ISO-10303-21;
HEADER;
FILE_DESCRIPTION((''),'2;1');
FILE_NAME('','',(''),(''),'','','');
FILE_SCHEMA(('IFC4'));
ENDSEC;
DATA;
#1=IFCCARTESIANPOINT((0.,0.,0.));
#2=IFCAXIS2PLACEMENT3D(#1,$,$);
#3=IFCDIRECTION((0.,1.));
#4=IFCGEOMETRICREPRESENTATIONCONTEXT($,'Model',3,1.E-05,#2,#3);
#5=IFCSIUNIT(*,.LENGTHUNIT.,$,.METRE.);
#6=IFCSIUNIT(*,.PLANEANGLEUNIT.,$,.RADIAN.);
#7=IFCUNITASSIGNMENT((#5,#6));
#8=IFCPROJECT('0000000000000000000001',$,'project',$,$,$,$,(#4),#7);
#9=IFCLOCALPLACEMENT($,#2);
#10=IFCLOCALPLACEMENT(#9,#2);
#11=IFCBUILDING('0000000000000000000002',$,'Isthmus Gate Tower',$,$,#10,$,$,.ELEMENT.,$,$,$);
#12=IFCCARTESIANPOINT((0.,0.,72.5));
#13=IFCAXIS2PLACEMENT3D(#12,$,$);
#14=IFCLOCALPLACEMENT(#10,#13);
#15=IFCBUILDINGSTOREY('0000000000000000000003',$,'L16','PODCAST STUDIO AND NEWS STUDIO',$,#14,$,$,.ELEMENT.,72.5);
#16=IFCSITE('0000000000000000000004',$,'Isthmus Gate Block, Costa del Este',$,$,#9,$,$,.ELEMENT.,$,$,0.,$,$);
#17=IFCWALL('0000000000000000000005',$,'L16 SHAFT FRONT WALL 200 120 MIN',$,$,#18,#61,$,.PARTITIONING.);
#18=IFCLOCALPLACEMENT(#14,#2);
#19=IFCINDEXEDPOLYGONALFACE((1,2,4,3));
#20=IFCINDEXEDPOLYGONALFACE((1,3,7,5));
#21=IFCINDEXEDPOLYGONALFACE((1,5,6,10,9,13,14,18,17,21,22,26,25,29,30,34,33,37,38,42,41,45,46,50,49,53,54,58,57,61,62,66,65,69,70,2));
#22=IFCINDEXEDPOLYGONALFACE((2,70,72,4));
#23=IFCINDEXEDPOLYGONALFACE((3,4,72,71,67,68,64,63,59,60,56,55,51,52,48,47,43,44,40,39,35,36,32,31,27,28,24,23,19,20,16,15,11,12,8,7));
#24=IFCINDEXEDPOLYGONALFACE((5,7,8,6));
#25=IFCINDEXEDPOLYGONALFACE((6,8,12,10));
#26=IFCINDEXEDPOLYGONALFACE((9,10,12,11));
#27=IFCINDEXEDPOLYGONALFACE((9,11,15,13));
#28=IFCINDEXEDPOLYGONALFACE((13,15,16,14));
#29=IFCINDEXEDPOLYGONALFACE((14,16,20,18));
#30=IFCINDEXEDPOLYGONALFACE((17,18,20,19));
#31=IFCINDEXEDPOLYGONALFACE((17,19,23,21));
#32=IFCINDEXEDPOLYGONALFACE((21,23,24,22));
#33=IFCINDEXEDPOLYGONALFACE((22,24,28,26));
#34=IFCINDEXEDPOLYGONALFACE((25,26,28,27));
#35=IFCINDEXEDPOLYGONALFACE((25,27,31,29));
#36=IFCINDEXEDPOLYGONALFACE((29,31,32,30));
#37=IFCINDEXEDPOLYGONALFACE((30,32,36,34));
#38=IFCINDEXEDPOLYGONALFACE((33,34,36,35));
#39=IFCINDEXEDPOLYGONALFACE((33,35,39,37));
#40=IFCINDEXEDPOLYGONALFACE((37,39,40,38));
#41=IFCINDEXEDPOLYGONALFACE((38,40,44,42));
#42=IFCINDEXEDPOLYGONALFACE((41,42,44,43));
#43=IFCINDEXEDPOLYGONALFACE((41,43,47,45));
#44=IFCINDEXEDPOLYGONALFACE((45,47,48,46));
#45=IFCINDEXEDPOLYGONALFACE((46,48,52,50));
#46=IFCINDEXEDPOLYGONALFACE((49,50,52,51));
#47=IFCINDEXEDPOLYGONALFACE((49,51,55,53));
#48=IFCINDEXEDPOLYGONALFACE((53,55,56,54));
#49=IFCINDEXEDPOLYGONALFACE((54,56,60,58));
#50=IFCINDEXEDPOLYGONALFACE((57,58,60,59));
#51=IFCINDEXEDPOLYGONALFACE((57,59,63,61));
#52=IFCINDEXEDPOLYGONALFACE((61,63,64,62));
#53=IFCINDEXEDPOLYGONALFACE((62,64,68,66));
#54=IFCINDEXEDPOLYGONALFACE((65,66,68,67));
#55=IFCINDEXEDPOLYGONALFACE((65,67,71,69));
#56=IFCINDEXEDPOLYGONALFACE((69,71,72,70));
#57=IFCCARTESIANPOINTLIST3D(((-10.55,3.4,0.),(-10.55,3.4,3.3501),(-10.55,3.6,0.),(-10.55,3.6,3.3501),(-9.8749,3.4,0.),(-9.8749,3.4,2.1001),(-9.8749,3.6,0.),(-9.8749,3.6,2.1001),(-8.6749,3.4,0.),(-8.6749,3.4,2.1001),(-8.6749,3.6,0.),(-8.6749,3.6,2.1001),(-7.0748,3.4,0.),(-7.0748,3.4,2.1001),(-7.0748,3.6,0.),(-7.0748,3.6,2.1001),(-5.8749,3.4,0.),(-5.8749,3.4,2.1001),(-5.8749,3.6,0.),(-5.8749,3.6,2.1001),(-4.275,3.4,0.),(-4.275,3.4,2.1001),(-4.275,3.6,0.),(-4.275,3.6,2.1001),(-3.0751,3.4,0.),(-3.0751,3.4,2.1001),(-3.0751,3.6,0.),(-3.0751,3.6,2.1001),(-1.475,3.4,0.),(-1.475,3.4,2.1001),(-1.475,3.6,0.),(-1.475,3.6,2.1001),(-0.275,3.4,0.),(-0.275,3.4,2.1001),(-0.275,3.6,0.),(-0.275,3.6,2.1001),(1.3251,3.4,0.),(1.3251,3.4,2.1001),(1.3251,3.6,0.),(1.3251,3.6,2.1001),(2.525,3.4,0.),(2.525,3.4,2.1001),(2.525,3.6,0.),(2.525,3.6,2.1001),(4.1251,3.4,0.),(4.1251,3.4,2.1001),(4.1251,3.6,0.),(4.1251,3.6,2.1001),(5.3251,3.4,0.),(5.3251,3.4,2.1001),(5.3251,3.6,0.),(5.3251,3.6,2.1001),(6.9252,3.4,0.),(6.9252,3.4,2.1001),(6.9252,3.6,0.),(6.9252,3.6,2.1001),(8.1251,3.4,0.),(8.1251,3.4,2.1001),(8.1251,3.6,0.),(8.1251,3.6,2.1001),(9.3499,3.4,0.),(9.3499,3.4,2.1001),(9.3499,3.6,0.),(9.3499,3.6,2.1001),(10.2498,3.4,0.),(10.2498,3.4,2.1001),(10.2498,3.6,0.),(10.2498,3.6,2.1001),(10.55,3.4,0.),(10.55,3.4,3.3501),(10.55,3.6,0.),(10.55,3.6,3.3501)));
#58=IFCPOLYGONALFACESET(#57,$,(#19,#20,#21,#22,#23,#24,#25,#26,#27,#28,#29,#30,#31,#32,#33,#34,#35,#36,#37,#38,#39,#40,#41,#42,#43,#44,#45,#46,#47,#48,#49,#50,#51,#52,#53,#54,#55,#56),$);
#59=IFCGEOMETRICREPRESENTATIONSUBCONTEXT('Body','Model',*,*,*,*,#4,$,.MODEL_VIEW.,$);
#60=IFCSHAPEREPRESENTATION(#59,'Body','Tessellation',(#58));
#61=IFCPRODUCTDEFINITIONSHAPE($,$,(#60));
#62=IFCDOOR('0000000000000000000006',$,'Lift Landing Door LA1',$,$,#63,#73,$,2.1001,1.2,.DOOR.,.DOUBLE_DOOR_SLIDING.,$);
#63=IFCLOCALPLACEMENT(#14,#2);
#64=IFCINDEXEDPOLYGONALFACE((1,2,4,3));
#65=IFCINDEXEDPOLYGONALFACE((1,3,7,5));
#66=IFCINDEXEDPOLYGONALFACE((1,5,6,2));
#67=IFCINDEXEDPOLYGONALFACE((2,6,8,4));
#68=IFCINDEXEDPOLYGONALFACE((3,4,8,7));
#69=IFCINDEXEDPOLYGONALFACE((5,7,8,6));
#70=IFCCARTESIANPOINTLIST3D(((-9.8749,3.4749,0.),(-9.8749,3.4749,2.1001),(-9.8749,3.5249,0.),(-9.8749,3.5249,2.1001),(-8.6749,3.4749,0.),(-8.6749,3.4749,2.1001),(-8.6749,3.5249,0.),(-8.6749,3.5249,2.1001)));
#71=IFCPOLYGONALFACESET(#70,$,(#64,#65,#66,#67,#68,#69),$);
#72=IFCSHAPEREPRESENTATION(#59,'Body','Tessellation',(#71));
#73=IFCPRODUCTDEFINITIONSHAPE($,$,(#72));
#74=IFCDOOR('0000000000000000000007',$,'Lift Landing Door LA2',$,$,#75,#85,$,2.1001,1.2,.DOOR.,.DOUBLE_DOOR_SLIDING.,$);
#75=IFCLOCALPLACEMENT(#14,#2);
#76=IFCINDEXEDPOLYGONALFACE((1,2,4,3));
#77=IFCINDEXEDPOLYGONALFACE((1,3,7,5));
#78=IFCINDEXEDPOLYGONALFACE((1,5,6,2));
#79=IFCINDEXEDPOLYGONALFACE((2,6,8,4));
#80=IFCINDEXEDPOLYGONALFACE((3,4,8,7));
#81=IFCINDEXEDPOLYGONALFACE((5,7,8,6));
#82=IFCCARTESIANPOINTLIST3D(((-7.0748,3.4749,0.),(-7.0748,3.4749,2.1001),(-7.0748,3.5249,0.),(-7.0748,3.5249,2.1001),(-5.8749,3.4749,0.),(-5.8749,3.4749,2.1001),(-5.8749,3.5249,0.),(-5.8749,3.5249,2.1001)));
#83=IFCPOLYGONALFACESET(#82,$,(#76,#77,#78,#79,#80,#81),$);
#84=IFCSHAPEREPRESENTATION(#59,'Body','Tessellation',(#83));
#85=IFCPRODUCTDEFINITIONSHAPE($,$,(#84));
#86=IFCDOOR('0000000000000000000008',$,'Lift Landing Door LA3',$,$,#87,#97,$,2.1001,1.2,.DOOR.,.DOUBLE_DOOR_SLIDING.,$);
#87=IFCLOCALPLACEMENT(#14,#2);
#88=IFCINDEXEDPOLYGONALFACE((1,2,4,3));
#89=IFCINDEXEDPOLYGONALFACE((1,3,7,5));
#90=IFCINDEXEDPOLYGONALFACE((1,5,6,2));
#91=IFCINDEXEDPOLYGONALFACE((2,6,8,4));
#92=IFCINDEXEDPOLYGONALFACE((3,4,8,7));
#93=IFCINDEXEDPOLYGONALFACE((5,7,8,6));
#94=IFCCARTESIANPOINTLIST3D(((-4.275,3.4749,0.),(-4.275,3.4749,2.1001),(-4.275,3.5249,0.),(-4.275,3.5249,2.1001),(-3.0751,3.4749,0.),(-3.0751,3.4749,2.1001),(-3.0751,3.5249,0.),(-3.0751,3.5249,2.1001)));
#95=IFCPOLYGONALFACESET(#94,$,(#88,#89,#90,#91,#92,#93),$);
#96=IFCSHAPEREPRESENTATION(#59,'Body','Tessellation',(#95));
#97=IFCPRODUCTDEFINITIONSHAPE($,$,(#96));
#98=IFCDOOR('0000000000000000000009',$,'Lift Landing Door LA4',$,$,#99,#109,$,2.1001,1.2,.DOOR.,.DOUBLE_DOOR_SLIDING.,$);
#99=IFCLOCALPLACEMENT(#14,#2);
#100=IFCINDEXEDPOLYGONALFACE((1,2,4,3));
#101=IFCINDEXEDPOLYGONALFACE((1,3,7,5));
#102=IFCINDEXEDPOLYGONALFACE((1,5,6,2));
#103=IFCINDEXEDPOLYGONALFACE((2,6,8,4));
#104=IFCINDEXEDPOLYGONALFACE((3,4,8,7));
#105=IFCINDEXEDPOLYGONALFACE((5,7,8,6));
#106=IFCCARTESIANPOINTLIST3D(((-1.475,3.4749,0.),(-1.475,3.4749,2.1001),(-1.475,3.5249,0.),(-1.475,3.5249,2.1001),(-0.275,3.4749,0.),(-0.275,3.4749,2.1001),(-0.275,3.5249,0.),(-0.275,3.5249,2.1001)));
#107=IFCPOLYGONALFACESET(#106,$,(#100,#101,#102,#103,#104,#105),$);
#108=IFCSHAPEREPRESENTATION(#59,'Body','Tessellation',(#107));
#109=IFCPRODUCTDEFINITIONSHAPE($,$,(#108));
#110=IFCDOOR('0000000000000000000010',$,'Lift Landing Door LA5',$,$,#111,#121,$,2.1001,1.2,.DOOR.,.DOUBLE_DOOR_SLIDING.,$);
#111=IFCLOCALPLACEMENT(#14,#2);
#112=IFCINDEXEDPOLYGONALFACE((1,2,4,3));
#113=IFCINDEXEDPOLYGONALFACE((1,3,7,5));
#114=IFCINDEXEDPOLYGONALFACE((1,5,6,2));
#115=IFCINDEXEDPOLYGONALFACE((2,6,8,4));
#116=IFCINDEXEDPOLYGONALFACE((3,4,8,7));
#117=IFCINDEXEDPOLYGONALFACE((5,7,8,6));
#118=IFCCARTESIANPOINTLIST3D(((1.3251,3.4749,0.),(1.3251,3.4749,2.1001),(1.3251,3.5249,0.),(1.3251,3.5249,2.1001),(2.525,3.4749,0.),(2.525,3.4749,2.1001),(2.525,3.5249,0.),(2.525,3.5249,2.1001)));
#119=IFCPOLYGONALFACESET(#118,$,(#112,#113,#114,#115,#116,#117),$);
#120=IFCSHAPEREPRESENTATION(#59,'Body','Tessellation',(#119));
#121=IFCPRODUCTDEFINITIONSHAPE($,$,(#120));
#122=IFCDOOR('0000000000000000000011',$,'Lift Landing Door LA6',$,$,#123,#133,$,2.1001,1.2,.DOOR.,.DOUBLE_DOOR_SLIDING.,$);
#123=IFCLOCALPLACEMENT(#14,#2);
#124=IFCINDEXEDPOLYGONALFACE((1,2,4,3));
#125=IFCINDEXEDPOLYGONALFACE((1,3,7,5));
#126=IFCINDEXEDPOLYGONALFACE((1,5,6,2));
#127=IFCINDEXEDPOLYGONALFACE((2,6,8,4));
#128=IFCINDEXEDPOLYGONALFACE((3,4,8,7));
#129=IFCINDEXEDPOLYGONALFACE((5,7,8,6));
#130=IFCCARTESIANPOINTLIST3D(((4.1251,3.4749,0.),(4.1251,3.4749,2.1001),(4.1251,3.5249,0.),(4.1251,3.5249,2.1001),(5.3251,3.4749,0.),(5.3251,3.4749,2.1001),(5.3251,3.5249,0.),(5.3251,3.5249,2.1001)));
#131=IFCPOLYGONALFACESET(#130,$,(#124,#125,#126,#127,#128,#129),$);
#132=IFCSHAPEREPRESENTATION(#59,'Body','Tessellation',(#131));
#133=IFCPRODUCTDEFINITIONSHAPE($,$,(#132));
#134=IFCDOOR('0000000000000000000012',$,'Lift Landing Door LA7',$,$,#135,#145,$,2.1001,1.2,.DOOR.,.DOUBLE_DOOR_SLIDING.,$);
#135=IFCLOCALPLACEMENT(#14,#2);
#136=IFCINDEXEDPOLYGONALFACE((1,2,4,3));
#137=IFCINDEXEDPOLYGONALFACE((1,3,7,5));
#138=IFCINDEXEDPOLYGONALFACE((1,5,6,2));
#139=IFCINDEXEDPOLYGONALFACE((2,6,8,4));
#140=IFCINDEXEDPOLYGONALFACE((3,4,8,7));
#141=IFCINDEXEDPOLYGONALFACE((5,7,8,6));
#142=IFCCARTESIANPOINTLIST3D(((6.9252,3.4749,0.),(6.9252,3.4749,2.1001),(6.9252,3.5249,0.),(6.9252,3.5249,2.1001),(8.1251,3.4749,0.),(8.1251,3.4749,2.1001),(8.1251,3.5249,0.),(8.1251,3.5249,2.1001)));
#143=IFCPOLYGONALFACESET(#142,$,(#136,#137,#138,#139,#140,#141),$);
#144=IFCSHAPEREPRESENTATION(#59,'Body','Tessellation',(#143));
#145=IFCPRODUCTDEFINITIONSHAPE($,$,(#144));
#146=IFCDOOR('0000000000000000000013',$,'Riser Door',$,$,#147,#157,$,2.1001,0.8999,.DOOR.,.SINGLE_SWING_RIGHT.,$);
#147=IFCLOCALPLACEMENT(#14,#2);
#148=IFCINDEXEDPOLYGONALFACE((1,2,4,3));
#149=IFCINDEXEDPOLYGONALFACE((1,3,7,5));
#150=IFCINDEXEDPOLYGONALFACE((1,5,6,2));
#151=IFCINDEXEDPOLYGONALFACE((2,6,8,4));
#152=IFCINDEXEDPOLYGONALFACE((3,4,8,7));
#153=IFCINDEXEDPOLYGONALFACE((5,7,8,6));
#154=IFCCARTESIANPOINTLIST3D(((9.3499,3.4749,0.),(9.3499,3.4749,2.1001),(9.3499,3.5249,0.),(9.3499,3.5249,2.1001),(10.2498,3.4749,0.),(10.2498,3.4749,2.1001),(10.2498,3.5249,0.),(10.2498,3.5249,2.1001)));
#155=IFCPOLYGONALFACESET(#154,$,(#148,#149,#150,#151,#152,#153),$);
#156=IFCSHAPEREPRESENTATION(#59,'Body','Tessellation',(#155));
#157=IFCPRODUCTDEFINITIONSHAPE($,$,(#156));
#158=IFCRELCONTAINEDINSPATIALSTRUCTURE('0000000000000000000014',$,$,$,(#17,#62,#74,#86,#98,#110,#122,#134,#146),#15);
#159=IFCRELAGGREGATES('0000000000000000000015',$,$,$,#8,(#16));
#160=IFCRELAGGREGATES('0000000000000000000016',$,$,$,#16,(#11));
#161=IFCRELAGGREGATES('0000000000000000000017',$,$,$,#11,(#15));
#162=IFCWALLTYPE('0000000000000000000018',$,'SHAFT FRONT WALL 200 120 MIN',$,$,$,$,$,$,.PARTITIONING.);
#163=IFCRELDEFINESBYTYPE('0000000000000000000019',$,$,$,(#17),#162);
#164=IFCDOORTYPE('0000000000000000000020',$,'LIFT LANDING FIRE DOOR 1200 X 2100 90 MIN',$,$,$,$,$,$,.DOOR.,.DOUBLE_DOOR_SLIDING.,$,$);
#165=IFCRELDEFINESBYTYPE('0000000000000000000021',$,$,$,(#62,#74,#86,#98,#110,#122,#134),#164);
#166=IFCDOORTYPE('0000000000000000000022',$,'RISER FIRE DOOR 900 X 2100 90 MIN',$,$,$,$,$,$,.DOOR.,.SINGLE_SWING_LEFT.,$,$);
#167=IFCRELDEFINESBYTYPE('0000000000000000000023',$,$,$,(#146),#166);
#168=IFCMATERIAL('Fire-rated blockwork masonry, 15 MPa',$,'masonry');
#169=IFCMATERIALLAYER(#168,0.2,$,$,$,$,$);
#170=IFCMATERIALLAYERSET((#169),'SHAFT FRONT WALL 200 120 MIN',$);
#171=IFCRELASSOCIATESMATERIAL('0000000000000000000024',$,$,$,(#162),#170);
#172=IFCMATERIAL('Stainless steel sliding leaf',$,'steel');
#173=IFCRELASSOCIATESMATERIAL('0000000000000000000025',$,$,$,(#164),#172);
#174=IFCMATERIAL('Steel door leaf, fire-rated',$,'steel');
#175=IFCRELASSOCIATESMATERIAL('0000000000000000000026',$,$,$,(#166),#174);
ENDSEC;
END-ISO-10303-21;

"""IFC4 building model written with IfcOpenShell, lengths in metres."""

from ifc_helpers import new_model, si_unit, direction, frame, frame_2d, origin, place, context, subcontext, project, spatial, rectangle, extrude, material, layer, layer_set, type_object, element, fill, save


model = new_model("IFC4")

# Units and contexts
model_context = context("Model", 3, precision=1e-05, world=origin(), true_north=direction((0.0, 1.0)))
body_context = subcontext(model_context, "Body", "Model", "MODEL_VIEW")
ifc_project = project(units=[si_unit("LENGTHUNIT", "METRE"), si_unit("PLANEANGLEUNIT", "RADIAN")], contexts=[model_context])

# Site, building, storey
site_placement = place(None, origin())
site = spatial("IfcSite", under=ifc_project, at=site_placement, Name="Isthmus Gate Block, Costa del Este", CompositionType="ELEMENT", RefElevation=0.0)
building_placement = place(site_placement, origin())
building = spatial("IfcBuilding", under=site, at=building_placement, Name="Isthmus Gate Tower", CompositionType="ELEMENT")
storey_placement = place(building_placement, frame((0.0, 0.0, 72.5)))
storey = spatial("IfcBuildingStorey", under=building, at=storey_placement, Name="L16", Description="PODCAST STUDIO AND NEWS STUDIO", CompositionType="ELEMENT", Elevation=72.5)

# Wall, openings, doors
ifc_material_1 = material(Name="Fire-rated blockwork masonry, 15 MPa", Category="masonry")
ifc_layer_1 = layer(ifc_material_1, 0.2)
ifc_layer_set_1 = layer_set([ifc_layer_1], Name="SHAFT FRONT WALL 200 120 MIN")
wall_type_1 = type_object("IfcWallType", Name="SHAFT FRONT WALL 200 120 MIN", PredefinedType="PARTITIONING", material=ifc_layer_set_1)
wall_1_placement = place(storey_placement, frame((-10.55, 3.5, 0.0), z_axis=(0.0, 0.0, 1.0), x_axis=(1.0, 0.0, 0.0)))
wall_1 = element("IfcWall", 1, at=wall_1_placement, inside=storey, type_object=wall_type_1, Name="L16 SHAFT FRONT WALL 200 120 MIN", PredefinedType="PARTITIONING", context=body_context, shape_type="SweptSolid", body=[
    extrude(rectangle(XDim=21.1001, YDim=0.2, at=frame_2d((10.55, 0.0))), origin(), (0.0, 0.0, 1.0), 3.3501),
])
opening_1_placement = place(wall_1_placement, frame((0.675, 0.0, 0.0)))
opening_1 = element("IfcOpeningElement", 2, at=opening_1_placement, cuts=wall_1, PredefinedType="OPENING", context=body_context, shape_type="SweptSolid", body=[
    extrude(rectangle(XDim=1.2, YDim=2.1001, at=frame_2d((0.6001, 1.05))), frame((0.0, 0.1099, 0.0), z_axis=(0.0, -1.0, 0.0), x_axis=(1.0, 0.0, 0.0)), (0.0, 0.0, 1.0), 0.22),
])
opening_2_placement = place(wall_1_placement, frame((3.4751, 0.0, 0.0)))
opening_2 = element("IfcOpeningElement", 3, at=opening_2_placement, cuts=wall_1, PredefinedType="OPENING", context=body_context, shape_type="SweptSolid", body=[
    extrude(rectangle(XDim=1.2, YDim=2.1001, at=frame_2d((0.6001, 1.05))), frame((0.0, 0.1099, 0.0), z_axis=(0.0, -1.0, 0.0), x_axis=(1.0, 0.0, 0.0)), (0.0, 0.0, 1.0), 0.22),
])
opening_3_placement = place(wall_1_placement, frame((6.2749, 0.0, 0.0)))
opening_3 = element("IfcOpeningElement", 4, at=opening_3_placement, cuts=wall_1, PredefinedType="OPENING", context=body_context, shape_type="SweptSolid", body=[
    extrude(rectangle(XDim=1.2, YDim=2.1001, at=frame_2d((0.6001, 1.05))), frame((0.0, 0.1099, 0.0), z_axis=(0.0, -1.0, 0.0), x_axis=(1.0, 0.0, 0.0)), (0.0, 0.0, 1.0), 0.22),
])
opening_4_placement = place(wall_1_placement, frame((9.075, 0.0, 0.0)))
opening_4 = element("IfcOpeningElement", 5, at=opening_4_placement, cuts=wall_1, PredefinedType="OPENING", context=body_context, shape_type="SweptSolid", body=[
    extrude(rectangle(XDim=1.2, YDim=2.1001, at=frame_2d((0.6001, 1.05))), frame((0.0, 0.1099, 0.0), z_axis=(0.0, -1.0, 0.0), x_axis=(1.0, 0.0, 0.0)), (0.0, 0.0, 1.0), 0.22),
])
opening_5_placement = place(wall_1_placement, frame((11.875, 0.0, 0.0)))
opening_5 = element("IfcOpeningElement", 6, at=opening_5_placement, cuts=wall_1, PredefinedType="OPENING", context=body_context, shape_type="SweptSolid", body=[
    extrude(rectangle(XDim=1.2, YDim=2.1001, at=frame_2d((0.6001, 1.05))), frame((0.0, 0.1099, 0.0), z_axis=(0.0, -1.0, 0.0), x_axis=(1.0, 0.0, 0.0)), (0.0, 0.0, 1.0), 0.22),
])
opening_6_placement = place(wall_1_placement, frame((14.675, 0.0, 0.0)))
opening_6 = element("IfcOpeningElement", 7, at=opening_6_placement, cuts=wall_1, PredefinedType="OPENING", context=body_context, shape_type="SweptSolid", body=[
    extrude(rectangle(XDim=1.2, YDim=2.1001, at=frame_2d((0.6001, 1.05))), frame((0.0, 0.1099, 0.0), z_axis=(0.0, -1.0, 0.0), x_axis=(1.0, 0.0, 0.0)), (0.0, 0.0, 1.0), 0.22),
])
opening_7_placement = place(wall_1_placement, frame((17.4751, 0.0, 0.0)))
opening_7 = element("IfcOpeningElement", 8, at=opening_7_placement, cuts=wall_1, PredefinedType="OPENING", context=body_context, shape_type="SweptSolid", body=[
    extrude(rectangle(XDim=1.2, YDim=2.1001, at=frame_2d((0.6001, 1.05))), frame((0.0, 0.1099, 0.0), z_axis=(0.0, -1.0, 0.0), x_axis=(1.0, 0.0, 0.0)), (0.0, 0.0, 1.0), 0.22),
])
opening_8_placement = place(wall_1_placement, frame((19.8999, 0.0, 0.0)))
opening_8 = element("IfcOpeningElement", 9, at=opening_8_placement, cuts=wall_1, PredefinedType="OPENING", context=body_context, shape_type="SweptSolid", body=[
    extrude(rectangle(XDim=0.8999, YDim=2.1001, at=frame_2d((0.45, 1.05))), frame((0.0, 0.1099, 0.0), z_axis=(0.0, -1.0, 0.0), x_axis=(1.0, 0.0, 0.0)), (0.0, 0.0, 1.0), 0.22),
])
ifc_material_2 = material(Name="Stainless steel sliding leaf", Category="steel")
door_type_1 = type_object("IfcDoorType", Name="LIFT LANDING FIRE DOOR 1200 X 2100 90 MIN", OperationType="DOUBLE_DOOR_SLIDING", PredefinedType="DOOR", material=ifc_material_2)
door_1_placement = place(opening_1_placement, origin())
door_1 = element("IfcDoor", 10, at=door_1_placement, inside=storey, type_object=door_type_1, Name="Lift Landing Door LA1", OperationType="DOUBLE_DOOR_SLIDING", OverallHeight=2.1001, OverallWidth=1.2, PredefinedType="DOOR", context=body_context, shape_type="SweptSolid", body=[
    extrude(rectangle(XDim=1.2, YDim=2.1001, at=frame_2d((0.6001, 1.05))), frame((0.0, 0.0249, 0.0), z_axis=(0.0, -1.0, 0.0), x_axis=(1.0, 0.0, 0.0)), (0.0, 0.0, 1.0), 0.05),
])
fill(opening_1, door_1)
door_2_placement = place(opening_2_placement, origin())
door_2 = element("IfcDoor", 11, at=door_2_placement, inside=storey, type_object=door_type_1, Name="Lift Landing Door LA2", OperationType="DOUBLE_DOOR_SLIDING", OverallHeight=2.1001, OverallWidth=1.2, PredefinedType="DOOR", context=body_context, shape_type="SweptSolid", body=[
    extrude(rectangle(XDim=1.2, YDim=2.1001, at=frame_2d((0.6001, 1.05))), frame((0.0, 0.0249, 0.0), z_axis=(0.0, -1.0, 0.0), x_axis=(1.0, 0.0, 0.0)), (0.0, 0.0, 1.0), 0.05),
])
fill(opening_2, door_2)
door_3_placement = place(opening_3_placement, origin())
door_3 = element("IfcDoor", 12, at=door_3_placement, inside=storey, type_object=door_type_1, Name="Lift Landing Door LA3", OperationType="DOUBLE_DOOR_SLIDING", OverallHeight=2.1001, OverallWidth=1.2, PredefinedType="DOOR", context=body_context, shape_type="SweptSolid", body=[
    extrude(rectangle(XDim=1.2, YDim=2.1001, at=frame_2d((0.6001, 1.05))), frame((0.0, 0.0249, 0.0), z_axis=(0.0, -1.0, 0.0), x_axis=(1.0, 0.0, 0.0)), (0.0, 0.0, 1.0), 0.05),
])
fill(opening_3, door_3)
door_4_placement = place(opening_4_placement, origin())
door_4 = element("IfcDoor", 13, at=door_4_placement, inside=storey, type_object=door_type_1, Name="Lift Landing Door LA4", OperationType="DOUBLE_DOOR_SLIDING", OverallHeight=2.1001, OverallWidth=1.2, PredefinedType="DOOR", context=body_context, shape_type="SweptSolid", body=[
    extrude(rectangle(XDim=1.2, YDim=2.1001, at=frame_2d((0.6001, 1.05))), frame((0.0, 0.0249, 0.0), z_axis=(0.0, -1.0, 0.0), x_axis=(1.0, 0.0, 0.0)), (0.0, 0.0, 1.0), 0.05),
])
fill(opening_4, door_4)
door_5_placement = place(opening_5_placement, origin())
door_5 = element("IfcDoor", 14, at=door_5_placement, inside=storey, type_object=door_type_1, Name="Lift Landing Door LA5", OperationType="DOUBLE_DOOR_SLIDING", OverallHeight=2.1001, OverallWidth=1.2, PredefinedType="DOOR", context=body_context, shape_type="SweptSolid", body=[
    extrude(rectangle(XDim=1.2, YDim=2.1001, at=frame_2d((0.6001, 1.05))), frame((0.0, 0.0249, 0.0), z_axis=(0.0, -1.0, 0.0), x_axis=(1.0, 0.0, 0.0)), (0.0, 0.0, 1.0), 0.05),
])
fill(opening_5, door_5)
door_6_placement = place(opening_6_placement, origin())
door_6 = element("IfcDoor", 15, at=door_6_placement, inside=storey, type_object=door_type_1, Name="Lift Landing Door LA6", OperationType="DOUBLE_DOOR_SLIDING", OverallHeight=2.1001, OverallWidth=1.2, PredefinedType="DOOR", context=body_context, shape_type="SweptSolid", body=[
    extrude(rectangle(XDim=1.2, YDim=2.1001, at=frame_2d((0.6001, 1.05))), frame((0.0, 0.0249, 0.0), z_axis=(0.0, -1.0, 0.0), x_axis=(1.0, 0.0, 0.0)), (0.0, 0.0, 1.0), 0.05),
])
fill(opening_6, door_6)
door_7_placement = place(opening_7_placement, origin())
door_7 = element("IfcDoor", 16, at=door_7_placement, inside=storey, type_object=door_type_1, Name="Lift Landing Door LA7", OperationType="DOUBLE_DOOR_SLIDING", OverallHeight=2.1001, OverallWidth=1.2, PredefinedType="DOOR", context=body_context, shape_type="SweptSolid", body=[
    extrude(rectangle(XDim=1.2, YDim=2.1001, at=frame_2d((0.6001, 1.05))), frame((0.0, 0.0249, 0.0), z_axis=(0.0, -1.0, 0.0), x_axis=(1.0, 0.0, 0.0)), (0.0, 0.0, 1.0), 0.05),
])
fill(opening_7, door_7)
ifc_material_3 = material(Name="Steel door leaf, fire-rated", Category="steel")
door_type_2 = type_object("IfcDoorType", Name="RISER FIRE DOOR 900 X 2100 90 MIN", OperationType="SINGLE_SWING_LEFT", PredefinedType="DOOR", material=ifc_material_3)
door_8_placement = place(opening_8_placement, origin())
door_8 = element("IfcDoor", 17, at=door_8_placement, inside=storey, type_object=door_type_2, Name="Riser Door", OperationType="SINGLE_SWING_RIGHT", OverallHeight=2.1001, OverallWidth=0.8999, PredefinedType="DOOR", context=body_context, shape_type="SweptSolid", body=[
    extrude(rectangle(XDim=0.8999, YDim=2.1001, at=frame_2d((0.45, 1.05))), frame((0.0, 0.0249, 0.0), z_axis=(0.0, -1.0, 0.0), x_axis=(1.0, 0.0, 0.0)), (0.0, 0.0, 1.0), 0.05),
])
fill(opening_8, door_8)

save(model, "model.ifc")
